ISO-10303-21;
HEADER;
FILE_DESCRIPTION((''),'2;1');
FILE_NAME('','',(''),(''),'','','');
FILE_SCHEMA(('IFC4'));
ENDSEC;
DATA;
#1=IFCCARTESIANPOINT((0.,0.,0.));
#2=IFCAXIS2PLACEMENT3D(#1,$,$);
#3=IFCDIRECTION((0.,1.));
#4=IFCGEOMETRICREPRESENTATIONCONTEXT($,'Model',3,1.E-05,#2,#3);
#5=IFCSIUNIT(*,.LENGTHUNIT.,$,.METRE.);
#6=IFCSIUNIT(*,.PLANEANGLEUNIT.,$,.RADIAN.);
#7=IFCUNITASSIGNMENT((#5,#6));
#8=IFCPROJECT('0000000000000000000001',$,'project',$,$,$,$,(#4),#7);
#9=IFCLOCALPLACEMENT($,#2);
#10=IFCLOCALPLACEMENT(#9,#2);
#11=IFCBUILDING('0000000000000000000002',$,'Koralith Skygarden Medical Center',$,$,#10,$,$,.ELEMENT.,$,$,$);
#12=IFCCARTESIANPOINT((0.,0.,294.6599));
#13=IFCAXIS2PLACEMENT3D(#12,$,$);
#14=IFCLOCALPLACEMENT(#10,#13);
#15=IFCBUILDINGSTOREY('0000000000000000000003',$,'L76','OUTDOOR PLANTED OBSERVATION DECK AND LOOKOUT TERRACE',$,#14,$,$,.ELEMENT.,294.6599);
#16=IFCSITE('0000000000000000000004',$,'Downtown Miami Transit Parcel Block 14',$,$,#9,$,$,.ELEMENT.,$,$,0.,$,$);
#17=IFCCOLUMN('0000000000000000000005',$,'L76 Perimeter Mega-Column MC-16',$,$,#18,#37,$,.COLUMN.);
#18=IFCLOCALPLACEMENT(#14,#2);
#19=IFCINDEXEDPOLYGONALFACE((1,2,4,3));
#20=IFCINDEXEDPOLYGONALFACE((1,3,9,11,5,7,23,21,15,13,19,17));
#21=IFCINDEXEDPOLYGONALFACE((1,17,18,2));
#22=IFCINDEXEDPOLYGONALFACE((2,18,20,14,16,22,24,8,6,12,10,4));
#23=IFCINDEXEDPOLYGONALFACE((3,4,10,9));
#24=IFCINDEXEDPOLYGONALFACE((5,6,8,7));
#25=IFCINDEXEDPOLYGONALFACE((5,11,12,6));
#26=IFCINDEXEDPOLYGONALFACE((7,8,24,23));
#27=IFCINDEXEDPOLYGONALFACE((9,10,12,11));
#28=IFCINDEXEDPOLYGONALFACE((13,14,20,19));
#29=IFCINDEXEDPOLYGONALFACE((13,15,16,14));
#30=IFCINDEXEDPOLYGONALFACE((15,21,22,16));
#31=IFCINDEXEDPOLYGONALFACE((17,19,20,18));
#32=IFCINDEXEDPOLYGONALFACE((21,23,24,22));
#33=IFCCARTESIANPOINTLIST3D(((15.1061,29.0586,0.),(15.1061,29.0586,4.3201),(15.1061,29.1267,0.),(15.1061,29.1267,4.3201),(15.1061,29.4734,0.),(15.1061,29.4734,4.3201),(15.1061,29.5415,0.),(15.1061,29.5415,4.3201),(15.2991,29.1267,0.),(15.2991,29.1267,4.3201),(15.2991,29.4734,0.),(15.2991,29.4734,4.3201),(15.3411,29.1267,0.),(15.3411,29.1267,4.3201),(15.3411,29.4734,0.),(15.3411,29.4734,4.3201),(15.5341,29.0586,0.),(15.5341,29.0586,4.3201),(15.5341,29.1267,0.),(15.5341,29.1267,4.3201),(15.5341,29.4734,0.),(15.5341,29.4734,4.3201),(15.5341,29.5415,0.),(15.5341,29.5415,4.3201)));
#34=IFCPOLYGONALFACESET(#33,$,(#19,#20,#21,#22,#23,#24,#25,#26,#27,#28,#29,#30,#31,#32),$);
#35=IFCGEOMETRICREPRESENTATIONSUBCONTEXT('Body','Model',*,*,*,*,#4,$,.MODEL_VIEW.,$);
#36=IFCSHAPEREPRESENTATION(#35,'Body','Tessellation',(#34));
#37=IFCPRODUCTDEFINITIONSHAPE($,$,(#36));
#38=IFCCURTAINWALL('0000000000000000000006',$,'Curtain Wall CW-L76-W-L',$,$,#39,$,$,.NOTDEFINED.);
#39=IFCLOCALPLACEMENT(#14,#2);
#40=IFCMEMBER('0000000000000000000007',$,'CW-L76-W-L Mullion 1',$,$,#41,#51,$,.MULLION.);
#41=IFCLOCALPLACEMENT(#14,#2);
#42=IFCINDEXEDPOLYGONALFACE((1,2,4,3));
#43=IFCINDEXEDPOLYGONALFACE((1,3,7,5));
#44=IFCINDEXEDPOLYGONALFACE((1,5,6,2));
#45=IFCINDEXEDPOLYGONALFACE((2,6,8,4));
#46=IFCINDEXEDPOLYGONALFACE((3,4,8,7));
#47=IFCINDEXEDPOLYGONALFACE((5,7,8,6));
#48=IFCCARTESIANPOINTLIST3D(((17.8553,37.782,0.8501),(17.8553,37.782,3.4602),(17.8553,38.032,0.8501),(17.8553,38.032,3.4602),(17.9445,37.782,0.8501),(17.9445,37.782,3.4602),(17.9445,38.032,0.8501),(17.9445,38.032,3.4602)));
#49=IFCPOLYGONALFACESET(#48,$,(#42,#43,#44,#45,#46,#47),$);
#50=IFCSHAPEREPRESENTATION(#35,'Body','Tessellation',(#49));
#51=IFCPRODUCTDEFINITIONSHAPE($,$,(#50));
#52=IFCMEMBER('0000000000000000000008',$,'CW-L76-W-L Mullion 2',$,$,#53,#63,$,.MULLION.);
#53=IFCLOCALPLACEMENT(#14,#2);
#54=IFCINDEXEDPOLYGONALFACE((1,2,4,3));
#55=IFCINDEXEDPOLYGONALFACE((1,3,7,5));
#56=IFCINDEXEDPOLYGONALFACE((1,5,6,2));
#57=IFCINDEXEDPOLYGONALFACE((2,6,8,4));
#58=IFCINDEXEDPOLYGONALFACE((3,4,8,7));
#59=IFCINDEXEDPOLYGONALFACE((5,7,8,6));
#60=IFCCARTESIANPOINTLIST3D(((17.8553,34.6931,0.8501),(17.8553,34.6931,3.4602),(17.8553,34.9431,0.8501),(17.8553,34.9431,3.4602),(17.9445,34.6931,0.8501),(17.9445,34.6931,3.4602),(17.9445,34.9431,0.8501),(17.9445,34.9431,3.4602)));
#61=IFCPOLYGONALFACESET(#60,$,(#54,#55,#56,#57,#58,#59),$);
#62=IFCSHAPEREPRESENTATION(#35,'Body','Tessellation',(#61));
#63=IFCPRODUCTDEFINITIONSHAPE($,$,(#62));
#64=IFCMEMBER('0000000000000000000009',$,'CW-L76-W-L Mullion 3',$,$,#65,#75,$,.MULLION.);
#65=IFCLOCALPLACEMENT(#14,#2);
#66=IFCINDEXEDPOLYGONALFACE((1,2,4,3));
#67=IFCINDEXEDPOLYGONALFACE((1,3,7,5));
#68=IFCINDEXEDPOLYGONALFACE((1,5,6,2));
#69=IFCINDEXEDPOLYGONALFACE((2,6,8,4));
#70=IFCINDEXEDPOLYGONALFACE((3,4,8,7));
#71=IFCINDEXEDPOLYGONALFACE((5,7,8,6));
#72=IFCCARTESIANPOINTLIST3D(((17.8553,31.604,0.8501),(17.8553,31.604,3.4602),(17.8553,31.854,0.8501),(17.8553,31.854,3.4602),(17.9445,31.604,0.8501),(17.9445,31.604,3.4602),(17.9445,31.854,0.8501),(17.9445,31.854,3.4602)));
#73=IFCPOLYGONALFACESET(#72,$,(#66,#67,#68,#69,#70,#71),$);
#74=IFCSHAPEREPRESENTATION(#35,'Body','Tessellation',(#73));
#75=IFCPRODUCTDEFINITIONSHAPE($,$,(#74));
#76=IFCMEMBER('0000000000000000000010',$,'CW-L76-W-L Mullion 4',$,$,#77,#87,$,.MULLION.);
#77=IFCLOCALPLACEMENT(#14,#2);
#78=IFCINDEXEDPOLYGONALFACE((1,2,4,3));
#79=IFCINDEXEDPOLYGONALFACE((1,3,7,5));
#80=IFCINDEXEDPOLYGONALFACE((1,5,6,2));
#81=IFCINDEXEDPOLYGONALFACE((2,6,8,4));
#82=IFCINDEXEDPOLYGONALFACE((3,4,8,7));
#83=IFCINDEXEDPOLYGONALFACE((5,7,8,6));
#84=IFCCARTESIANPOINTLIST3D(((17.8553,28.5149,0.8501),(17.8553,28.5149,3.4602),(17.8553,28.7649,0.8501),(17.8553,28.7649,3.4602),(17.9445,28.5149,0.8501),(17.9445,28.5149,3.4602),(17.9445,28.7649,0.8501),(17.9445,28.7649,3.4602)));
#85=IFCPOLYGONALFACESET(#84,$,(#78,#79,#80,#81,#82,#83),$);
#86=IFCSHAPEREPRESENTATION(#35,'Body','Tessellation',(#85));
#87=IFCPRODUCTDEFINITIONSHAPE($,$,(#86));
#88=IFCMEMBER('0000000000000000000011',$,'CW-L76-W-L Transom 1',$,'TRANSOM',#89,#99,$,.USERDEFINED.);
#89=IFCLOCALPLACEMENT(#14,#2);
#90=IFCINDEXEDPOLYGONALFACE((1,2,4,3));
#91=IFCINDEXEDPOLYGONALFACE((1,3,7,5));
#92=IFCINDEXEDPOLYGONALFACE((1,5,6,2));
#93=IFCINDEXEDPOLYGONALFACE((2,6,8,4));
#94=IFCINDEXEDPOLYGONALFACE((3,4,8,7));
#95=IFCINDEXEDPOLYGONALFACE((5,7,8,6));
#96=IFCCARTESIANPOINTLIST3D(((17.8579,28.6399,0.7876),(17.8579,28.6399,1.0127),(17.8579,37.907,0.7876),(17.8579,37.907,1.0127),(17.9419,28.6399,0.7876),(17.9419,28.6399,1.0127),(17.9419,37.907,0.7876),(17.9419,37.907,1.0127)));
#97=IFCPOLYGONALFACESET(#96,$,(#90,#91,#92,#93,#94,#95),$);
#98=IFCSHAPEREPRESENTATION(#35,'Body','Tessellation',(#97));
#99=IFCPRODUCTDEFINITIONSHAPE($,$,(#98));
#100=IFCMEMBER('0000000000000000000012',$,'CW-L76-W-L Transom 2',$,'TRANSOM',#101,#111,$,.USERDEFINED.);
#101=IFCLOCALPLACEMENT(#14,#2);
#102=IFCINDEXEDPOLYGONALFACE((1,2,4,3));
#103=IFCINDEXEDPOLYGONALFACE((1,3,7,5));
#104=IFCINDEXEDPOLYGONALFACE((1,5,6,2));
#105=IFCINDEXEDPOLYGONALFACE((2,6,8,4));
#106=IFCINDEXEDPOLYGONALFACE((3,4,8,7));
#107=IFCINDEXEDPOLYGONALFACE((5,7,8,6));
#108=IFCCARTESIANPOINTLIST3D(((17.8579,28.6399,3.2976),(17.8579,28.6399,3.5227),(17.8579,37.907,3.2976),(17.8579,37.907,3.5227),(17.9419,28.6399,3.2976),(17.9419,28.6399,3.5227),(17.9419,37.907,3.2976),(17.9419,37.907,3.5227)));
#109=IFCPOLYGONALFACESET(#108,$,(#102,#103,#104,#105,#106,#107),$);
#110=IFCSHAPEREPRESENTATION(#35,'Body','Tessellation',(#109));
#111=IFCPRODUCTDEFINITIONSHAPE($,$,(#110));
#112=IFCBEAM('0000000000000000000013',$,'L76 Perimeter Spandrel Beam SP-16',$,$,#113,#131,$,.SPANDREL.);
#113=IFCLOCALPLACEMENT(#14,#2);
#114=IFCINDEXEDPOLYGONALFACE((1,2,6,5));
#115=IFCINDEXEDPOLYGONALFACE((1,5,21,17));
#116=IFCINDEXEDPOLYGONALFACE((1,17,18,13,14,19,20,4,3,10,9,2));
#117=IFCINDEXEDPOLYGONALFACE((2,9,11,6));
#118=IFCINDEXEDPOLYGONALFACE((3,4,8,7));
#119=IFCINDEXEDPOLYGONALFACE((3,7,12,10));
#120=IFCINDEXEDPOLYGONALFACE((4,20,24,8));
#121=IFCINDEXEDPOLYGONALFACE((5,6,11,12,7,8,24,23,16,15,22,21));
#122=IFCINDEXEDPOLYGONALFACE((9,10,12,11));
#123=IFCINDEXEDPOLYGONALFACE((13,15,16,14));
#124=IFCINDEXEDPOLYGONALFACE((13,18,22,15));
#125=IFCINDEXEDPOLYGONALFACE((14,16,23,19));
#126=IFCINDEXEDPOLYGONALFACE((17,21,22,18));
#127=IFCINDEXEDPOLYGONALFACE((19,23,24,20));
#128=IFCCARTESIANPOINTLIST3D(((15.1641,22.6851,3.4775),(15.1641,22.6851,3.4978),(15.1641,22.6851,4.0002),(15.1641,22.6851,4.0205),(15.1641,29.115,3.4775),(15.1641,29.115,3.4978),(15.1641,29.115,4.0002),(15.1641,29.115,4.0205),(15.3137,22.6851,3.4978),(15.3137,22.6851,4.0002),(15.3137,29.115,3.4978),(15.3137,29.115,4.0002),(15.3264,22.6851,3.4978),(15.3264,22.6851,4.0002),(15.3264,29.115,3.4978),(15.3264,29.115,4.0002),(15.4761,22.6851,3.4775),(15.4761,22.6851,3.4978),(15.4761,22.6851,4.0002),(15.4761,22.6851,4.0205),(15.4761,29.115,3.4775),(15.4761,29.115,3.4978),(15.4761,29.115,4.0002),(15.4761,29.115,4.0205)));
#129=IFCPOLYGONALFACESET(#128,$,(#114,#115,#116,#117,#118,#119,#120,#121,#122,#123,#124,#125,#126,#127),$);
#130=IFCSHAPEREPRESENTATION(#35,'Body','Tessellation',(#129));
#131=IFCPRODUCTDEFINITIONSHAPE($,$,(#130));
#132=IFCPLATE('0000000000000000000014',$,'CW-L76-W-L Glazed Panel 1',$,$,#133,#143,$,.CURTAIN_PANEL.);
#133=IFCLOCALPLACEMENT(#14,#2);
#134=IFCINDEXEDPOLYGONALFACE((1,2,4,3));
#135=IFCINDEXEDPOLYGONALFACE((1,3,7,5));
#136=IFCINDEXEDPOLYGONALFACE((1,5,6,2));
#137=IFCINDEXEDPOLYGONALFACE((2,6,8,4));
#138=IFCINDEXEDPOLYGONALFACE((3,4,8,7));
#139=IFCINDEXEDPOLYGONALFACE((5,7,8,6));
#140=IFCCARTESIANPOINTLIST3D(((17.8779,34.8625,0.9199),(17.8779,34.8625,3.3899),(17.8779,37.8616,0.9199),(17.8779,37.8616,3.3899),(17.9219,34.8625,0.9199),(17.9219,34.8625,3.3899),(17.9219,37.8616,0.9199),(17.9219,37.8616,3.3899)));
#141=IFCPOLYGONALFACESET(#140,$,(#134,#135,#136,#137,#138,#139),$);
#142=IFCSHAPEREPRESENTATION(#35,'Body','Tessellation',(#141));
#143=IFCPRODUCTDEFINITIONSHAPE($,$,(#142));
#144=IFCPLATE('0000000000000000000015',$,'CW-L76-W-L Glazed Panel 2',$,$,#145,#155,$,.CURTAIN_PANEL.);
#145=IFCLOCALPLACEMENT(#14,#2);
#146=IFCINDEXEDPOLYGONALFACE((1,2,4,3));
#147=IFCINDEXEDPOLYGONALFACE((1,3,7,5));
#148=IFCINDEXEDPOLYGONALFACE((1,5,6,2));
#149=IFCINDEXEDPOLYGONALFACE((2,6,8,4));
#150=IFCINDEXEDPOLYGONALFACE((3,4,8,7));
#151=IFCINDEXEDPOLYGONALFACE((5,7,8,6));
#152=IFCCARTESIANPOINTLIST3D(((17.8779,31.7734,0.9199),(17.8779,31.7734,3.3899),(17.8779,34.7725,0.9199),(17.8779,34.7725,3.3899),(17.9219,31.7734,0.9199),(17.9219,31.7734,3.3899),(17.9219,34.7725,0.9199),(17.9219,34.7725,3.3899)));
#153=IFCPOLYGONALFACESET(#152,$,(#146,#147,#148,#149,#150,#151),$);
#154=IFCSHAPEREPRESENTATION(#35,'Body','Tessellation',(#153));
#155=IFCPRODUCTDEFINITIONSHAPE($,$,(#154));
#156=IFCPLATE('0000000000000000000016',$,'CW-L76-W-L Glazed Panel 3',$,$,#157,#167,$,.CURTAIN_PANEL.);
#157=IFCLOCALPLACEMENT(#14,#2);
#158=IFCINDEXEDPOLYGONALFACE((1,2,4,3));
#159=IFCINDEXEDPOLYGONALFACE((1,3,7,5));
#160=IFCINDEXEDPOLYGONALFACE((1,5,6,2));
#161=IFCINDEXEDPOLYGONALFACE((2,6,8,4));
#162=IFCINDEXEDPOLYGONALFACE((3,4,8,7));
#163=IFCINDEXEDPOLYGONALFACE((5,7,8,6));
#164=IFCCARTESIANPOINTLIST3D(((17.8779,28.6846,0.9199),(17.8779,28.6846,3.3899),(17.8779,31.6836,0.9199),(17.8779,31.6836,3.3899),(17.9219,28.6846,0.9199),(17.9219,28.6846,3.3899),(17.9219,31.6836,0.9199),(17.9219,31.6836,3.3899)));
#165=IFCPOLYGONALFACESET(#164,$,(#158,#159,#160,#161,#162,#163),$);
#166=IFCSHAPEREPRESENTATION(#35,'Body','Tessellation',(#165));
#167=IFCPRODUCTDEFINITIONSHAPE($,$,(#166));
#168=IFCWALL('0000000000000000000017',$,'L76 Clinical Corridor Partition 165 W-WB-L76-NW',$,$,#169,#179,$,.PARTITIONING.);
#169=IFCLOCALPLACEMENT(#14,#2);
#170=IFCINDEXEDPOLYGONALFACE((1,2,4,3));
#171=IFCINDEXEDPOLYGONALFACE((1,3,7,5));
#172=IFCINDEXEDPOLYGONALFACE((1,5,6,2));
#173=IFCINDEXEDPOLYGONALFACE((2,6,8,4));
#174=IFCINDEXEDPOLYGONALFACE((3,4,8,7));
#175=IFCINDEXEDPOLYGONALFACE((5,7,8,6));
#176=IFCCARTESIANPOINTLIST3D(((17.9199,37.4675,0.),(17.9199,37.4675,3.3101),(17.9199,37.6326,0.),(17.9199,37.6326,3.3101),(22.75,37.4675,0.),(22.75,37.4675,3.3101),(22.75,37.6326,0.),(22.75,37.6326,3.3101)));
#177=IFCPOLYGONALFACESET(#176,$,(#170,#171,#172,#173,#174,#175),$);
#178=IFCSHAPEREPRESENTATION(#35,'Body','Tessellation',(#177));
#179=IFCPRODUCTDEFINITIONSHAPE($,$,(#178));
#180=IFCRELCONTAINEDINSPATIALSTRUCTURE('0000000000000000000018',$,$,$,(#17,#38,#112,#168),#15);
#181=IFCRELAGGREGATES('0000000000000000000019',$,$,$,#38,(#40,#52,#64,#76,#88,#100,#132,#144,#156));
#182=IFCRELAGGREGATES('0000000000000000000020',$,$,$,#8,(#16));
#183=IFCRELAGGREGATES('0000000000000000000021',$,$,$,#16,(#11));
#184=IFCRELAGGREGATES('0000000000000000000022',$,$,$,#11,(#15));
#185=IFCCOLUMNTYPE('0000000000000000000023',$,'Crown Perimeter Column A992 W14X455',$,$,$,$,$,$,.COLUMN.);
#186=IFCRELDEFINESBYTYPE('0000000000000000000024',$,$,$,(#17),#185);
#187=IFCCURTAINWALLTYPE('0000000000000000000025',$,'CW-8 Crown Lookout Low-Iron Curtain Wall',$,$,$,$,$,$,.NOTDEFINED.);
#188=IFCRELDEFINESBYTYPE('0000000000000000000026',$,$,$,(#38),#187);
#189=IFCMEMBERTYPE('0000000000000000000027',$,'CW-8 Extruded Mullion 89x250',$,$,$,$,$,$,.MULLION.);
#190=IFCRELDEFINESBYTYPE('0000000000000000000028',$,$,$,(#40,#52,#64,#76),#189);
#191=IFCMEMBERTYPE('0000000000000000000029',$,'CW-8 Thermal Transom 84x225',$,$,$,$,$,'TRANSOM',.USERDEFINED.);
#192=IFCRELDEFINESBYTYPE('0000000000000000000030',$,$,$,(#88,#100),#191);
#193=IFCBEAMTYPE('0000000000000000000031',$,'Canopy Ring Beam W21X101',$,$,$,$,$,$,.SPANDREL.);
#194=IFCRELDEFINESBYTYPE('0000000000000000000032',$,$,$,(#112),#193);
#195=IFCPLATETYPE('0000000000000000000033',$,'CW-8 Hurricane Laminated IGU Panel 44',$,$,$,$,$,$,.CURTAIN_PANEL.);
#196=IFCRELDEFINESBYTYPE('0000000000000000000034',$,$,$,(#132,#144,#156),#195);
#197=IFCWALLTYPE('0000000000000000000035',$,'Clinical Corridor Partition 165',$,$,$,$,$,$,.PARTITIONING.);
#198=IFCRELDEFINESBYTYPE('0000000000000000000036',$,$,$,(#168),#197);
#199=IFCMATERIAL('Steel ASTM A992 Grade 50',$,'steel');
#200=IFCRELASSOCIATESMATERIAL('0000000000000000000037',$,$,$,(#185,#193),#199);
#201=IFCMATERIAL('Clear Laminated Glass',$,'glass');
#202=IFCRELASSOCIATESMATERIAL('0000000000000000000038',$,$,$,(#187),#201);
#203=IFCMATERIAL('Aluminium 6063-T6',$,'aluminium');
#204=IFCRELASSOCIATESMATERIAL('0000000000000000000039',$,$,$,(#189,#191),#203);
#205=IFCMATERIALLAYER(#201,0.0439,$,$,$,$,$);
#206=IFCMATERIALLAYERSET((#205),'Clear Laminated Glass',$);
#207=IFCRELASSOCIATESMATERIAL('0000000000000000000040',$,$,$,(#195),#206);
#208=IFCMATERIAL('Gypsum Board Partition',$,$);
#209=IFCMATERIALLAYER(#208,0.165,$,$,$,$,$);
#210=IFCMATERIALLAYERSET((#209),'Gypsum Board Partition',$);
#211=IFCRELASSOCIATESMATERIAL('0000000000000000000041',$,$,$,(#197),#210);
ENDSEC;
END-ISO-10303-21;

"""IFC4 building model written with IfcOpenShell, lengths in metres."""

from ifc_helpers import new_model, si_unit, direction, frame, frame_2d, origin, origin_2d, place, context, subcontext, project, spatial, rectangle, i_section, extrude, material, layer, layer_set, material_profile, profile_set, type_object, element, aggregate, save


model = new_model("IFC4")

# Units and contexts
model_context = context("Model", 3, precision=1e-05, world=origin(), true_north=direction((0.0, 1.0)))
body_context = subcontext(model_context, "Body", "Model", "MODEL_VIEW")
ifc_project = project(units=[si_unit("LENGTHUNIT", "METRE"), si_unit("PLANEANGLEUNIT", "RADIAN")], contexts=[model_context])

# Site, building, storey
site_placement = place(None, origin())
site = spatial("IfcSite", under=ifc_project, at=site_placement, Name="Downtown Miami Transit Parcel Block 14", CompositionType="ELEMENT", RefElevation=0.0)
building_placement = place(site_placement, origin())
building = spatial("IfcBuilding", under=site, at=building_placement, Name="Koralith Skygarden Medical Center", CompositionType="ELEMENT")
storey_placement = place(building_placement, frame((0.0, 0.0, 294.6599)))
storey = spatial("IfcBuildingStorey", under=building, at=storey_placement, Name="L76", Description="OUTDOOR PLANTED OBSERVATION DECK AND LOOKOUT TERRACE", CompositionType="ELEMENT", Elevation=294.6599)

# Column
ifc_material_1 = material(Name="Steel ASTM A992 Grade 50", Category="steel")
ifc_material_profile_1 = material_profile(ifc_material_1, i_section(OverallWidth=0.428, OverallDepth=0.4829, WebThickness=0.042, FlangeThickness=0.0681, at=origin_2d()), Name="W14X455")
ifc_profile_set_1 = profile_set([ifc_material_profile_1], Name="Steel ASTM A992 Grade 50")
column_type = type_object("IfcColumnType", Name="Crown Perimeter Column A992 W14X455", PredefinedType="COLUMN", material=ifc_profile_set_1)
column_placement = place(storey_placement, frame((15.3201, 29.3, 0.0), z_axis=(0.0, 0.0, 1.0), x_axis=(1.0, 0.0, 0.0)))
element("IfcColumn", 1, at=column_placement, inside=storey, type_object=column_type, Name="L76 Perimeter Mega-Column MC-16", PredefinedType="COLUMN", context=body_context, shape_type="SweptSolid", body=[
    extrude(i_section(OverallWidth=0.428, OverallDepth=0.4829, WebThickness=0.042, FlangeThickness=0.0681, at=origin_2d()), origin(), (0.0, 0.0, 1.0), 4.3201),
])

# Curtain wall, members
ifc_material_2 = material(Name="Clear Laminated Glass", Category="glass")
curtain_wall_type = type_object("IfcCurtainWallType", Name="CW-8 Crown Lookout Low-Iron Curtain Wall", PredefinedType="NOTDEFINED", material=ifc_material_2)
curtain_wall_placement = place(storey_placement, origin())
curtain_wall = element("IfcCurtainWall", 2, at=curtain_wall_placement, inside=storey, type_object=curtain_wall_type, Name="Curtain Wall CW-L76-W-L", PredefinedType="NOTDEFINED")
ifc_material_3 = material(Name="Aluminium 6063-T6", Category="aluminium")
ifc_material_profile_2 = material_profile(ifc_material_3, rectangle(XDim=0.0891, YDim=0.25, at=origin_2d()), Name="MUL89X250")
ifc_profile_set_2 = profile_set([ifc_material_profile_2], Name="Aluminium 6063-T6")
member_type_1 = type_object("IfcMemberType", Name="CW-8 Extruded Mullion 89x250", PredefinedType="MULLION", material=ifc_profile_set_2)
member_1_placement = place(storey_placement, frame((17.8999, 37.907, 0.8501), z_axis=(0.0, 0.0, 1.0), x_axis=(1.0, 0.0, 0.0)))
member_1 = element("IfcMember", 3, at=member_1_placement, type_object=member_type_1, Name="CW-L76-W-L Mullion 1", PredefinedType="MULLION", context=body_context, shape_type="SweptSolid", body=[
    extrude(rectangle(XDim=0.0891, YDim=0.25, at=origin_2d()), origin(), (0.0, 0.0, 1.0), 2.6101),
])
member_2_placement = place(storey_placement, frame((17.8999, 34.8181, 0.8501), z_axis=(0.0, 0.0, 1.0), x_axis=(1.0, 0.0, 0.0)))
member_2 = element("IfcMember", 4, at=member_2_placement, type_object=member_type_1, Name="CW-L76-W-L Mullion 2", PredefinedType="MULLION", context=body_context, shape_type="SweptSolid", body=[
    extrude(rectangle(XDim=0.0891, YDim=0.25, at=origin_2d()), origin(), (0.0, 0.0, 1.0), 2.6101),
])
member_3_placement = place(storey_placement, frame((17.8999, 31.729, 0.8501), z_axis=(0.0, 0.0, 1.0), x_axis=(1.0, 0.0, 0.0)))
member_3 = element("IfcMember", 5, at=member_3_placement, type_object=member_type_1, Name="CW-L76-W-L Mullion 3", PredefinedType="MULLION", context=body_context, shape_type="SweptSolid", body=[
    extrude(rectangle(XDim=0.0891, YDim=0.25, at=origin_2d()), origin(), (0.0, 0.0, 1.0), 2.6101),
])
member_4_placement = place(storey_placement, frame((17.8999, 28.6399, 0.8501), z_axis=(0.0, 0.0, 1.0), x_axis=(1.0, 0.0, 0.0)))
member_4 = element("IfcMember", 6, at=member_4_placement, type_object=member_type_1, Name="CW-L76-W-L Mullion 4", PredefinedType="MULLION", context=body_context, shape_type="SweptSolid", body=[
    extrude(rectangle(XDim=0.0891, YDim=0.25, at=origin_2d()), origin(), (0.0, 0.0, 1.0), 2.6101),
])
ifc_material_profile_3 = material_profile(ifc_material_3, rectangle(XDim=0.084, YDim=0.2251, at=origin_2d()), Name="TRN84X225")
ifc_profile_set_3 = profile_set([ifc_material_profile_3], Name="Aluminium 6063-T6")
member_type_2 = type_object("IfcMemberType", Name="CW-8 Thermal Transom 84x225", ElementType="TRANSOM", PredefinedType="USERDEFINED", material=ifc_profile_set_3)
member_5_placement = place(storey_placement, frame((17.8999, 37.907, 0.9001), z_axis=(0.0, -1.0, 0.0), x_axis=(1.0, 0.0, 0.0)))
member_5 = element("IfcMember", 7, at=member_5_placement, type_object=member_type_2, Name="CW-L76-W-L Transom 1", ObjectType="TRANSOM", PredefinedType="USERDEFINED", context=body_context, shape_type="SweptSolid", body=[
    extrude(rectangle(XDim=0.084, YDim=0.2251, at=origin_2d()), origin(), (0.0, 0.0, 1.0), 9.2671),
])
member_6_placement = place(storey_placement, frame((17.8999, 37.907, 3.4102), z_axis=(0.0, -1.0, 0.0), x_axis=(1.0, 0.0, 0.0)))
member_6 = element("IfcMember", 8, at=member_6_placement, type_object=member_type_2, Name="CW-L76-W-L Transom 2", ObjectType="TRANSOM", PredefinedType="USERDEFINED", context=body_context, shape_type="SweptSolid", body=[
    extrude(rectangle(XDim=0.084, YDim=0.2251, at=origin_2d()), origin(), (0.0, 0.0, 1.0), 9.2671),
])

# Beam
ifc_material_profile_4 = material_profile(ifc_material_1, i_section(OverallWidth=0.312, OverallDepth=0.543, WebThickness=0.0127, FlangeThickness=0.0203, at=origin_2d()), Name="W21X101")
ifc_profile_set_4 = profile_set([ifc_material_profile_4], Name="Steel ASTM A992 Grade 50")
beam_type = type_object("IfcBeamType", Name="Canopy Ring Beam W21X101", PredefinedType="SPANDREL", material=ifc_profile_set_4)
beam_placement = place(storey_placement, frame((15.3201, 29.115, 3.749), z_axis=(0.0, -1.0, 0.0), x_axis=(1.0, 0.0, 0.0)))
element("IfcBeam", 9, at=beam_placement, inside=storey, type_object=beam_type, Name="L76 Perimeter Spandrel Beam SP-16", PredefinedType="SPANDREL", context=body_context, shape_type="SweptSolid", body=[
    extrude(i_section(OverallWidth=0.312, OverallDepth=0.543, WebThickness=0.0127, FlangeThickness=0.0203, at=origin_2d()), origin(), (0.0, 0.0, 1.0), 6.4299),
])

# Plates
ifc_layer_1 = layer(ifc_material_2, 0.0439)
ifc_layer_set_1 = layer_set([ifc_layer_1], Name="Clear Laminated Glass")
plate_type = type_object("IfcPlateType", Name="CW-8 Hurricane Laminated IGU Panel 44", PredefinedType="CURTAIN_PANEL", material=ifc_layer_set_1)
plate_1_placement = place(storey_placement, frame((17.8999, 36.3621, 0.9199), z_axis=(0.0, 0.0, 1.0), x_axis=(0.0, -1.0, 0.0)))
plate_1 = element("IfcPlate", 10, at=plate_1_placement, type_object=plate_type, Name="CW-L76-W-L Glazed Panel 1", PredefinedType="CURTAIN_PANEL", context=body_context, shape_type="SweptSolid", body=[
    extrude(rectangle(XDim=2.999, YDim=0.0439, at=origin_2d()), origin(), (0.0, 0.0, 1.0), 2.47),
])
plate_2_placement = place(storey_placement, frame((17.8999, 33.2729, 0.9199), z_axis=(0.0, 0.0, 1.0), x_axis=(0.0, -1.0, 0.0)))
plate_2 = element("IfcPlate", 11, at=plate_2_placement, type_object=plate_type, Name="CW-L76-W-L Glazed Panel 2", PredefinedType="CURTAIN_PANEL", context=body_context, shape_type="SweptSolid", body=[
    extrude(rectangle(XDim=2.999, YDim=0.0439, at=origin_2d()), origin(), (0.0, 0.0, 1.0), 2.47),
])
plate_3_placement = place(storey_placement, frame((17.8999, 30.1841, 0.9199), z_axis=(0.0, 0.0, 1.0), x_axis=(0.0, -1.0, 0.0)))
plate_3 = element("IfcPlate", 12, at=plate_3_placement, type_object=plate_type, Name="CW-L76-W-L Glazed Panel 3", PredefinedType="CURTAIN_PANEL", context=body_context, shape_type="SweptSolid", body=[
    extrude(rectangle(XDim=2.999, YDim=0.0439, at=origin_2d()), origin(), (0.0, 0.0, 1.0), 2.47),
])
aggregate(curtain_wall, [member_1, member_2, member_3, member_4, member_5, member_6, plate_1, plate_2, plate_3])

# Wall
ifc_material_4 = material(Name="Gypsum Board Partition")
ifc_layer_2 = layer(ifc_material_4, 0.165)
ifc_layer_set_2 = layer_set([ifc_layer_2], Name="Gypsum Board Partition")
wall_type_1 = type_object("IfcWallType", Name="Clinical Corridor Partition 165", PredefinedType="PARTITIONING", material=ifc_layer_set_2)
wall_1_placement = place(storey_placement, frame((17.9199, 37.55, 0.0), z_axis=(0.0, 0.0, 1.0), x_axis=(1.0, 0.0, 0.0)))
element("IfcWall", 13, at=wall_1_placement, inside=storey, type_object=wall_type_1, Name="L76 Clinical Corridor Partition 165 W-WB-L76-NW", PredefinedType="PARTITIONING", context=body_context, shape_type="SweptSolid", body=[
    extrude(rectangle(XDim=4.8301, YDim=0.165, at=frame_2d((2.415, 0.0))), origin(), (0.0, 0.0, 1.0), 3.3101),
])

save(model, "model.ifc")
